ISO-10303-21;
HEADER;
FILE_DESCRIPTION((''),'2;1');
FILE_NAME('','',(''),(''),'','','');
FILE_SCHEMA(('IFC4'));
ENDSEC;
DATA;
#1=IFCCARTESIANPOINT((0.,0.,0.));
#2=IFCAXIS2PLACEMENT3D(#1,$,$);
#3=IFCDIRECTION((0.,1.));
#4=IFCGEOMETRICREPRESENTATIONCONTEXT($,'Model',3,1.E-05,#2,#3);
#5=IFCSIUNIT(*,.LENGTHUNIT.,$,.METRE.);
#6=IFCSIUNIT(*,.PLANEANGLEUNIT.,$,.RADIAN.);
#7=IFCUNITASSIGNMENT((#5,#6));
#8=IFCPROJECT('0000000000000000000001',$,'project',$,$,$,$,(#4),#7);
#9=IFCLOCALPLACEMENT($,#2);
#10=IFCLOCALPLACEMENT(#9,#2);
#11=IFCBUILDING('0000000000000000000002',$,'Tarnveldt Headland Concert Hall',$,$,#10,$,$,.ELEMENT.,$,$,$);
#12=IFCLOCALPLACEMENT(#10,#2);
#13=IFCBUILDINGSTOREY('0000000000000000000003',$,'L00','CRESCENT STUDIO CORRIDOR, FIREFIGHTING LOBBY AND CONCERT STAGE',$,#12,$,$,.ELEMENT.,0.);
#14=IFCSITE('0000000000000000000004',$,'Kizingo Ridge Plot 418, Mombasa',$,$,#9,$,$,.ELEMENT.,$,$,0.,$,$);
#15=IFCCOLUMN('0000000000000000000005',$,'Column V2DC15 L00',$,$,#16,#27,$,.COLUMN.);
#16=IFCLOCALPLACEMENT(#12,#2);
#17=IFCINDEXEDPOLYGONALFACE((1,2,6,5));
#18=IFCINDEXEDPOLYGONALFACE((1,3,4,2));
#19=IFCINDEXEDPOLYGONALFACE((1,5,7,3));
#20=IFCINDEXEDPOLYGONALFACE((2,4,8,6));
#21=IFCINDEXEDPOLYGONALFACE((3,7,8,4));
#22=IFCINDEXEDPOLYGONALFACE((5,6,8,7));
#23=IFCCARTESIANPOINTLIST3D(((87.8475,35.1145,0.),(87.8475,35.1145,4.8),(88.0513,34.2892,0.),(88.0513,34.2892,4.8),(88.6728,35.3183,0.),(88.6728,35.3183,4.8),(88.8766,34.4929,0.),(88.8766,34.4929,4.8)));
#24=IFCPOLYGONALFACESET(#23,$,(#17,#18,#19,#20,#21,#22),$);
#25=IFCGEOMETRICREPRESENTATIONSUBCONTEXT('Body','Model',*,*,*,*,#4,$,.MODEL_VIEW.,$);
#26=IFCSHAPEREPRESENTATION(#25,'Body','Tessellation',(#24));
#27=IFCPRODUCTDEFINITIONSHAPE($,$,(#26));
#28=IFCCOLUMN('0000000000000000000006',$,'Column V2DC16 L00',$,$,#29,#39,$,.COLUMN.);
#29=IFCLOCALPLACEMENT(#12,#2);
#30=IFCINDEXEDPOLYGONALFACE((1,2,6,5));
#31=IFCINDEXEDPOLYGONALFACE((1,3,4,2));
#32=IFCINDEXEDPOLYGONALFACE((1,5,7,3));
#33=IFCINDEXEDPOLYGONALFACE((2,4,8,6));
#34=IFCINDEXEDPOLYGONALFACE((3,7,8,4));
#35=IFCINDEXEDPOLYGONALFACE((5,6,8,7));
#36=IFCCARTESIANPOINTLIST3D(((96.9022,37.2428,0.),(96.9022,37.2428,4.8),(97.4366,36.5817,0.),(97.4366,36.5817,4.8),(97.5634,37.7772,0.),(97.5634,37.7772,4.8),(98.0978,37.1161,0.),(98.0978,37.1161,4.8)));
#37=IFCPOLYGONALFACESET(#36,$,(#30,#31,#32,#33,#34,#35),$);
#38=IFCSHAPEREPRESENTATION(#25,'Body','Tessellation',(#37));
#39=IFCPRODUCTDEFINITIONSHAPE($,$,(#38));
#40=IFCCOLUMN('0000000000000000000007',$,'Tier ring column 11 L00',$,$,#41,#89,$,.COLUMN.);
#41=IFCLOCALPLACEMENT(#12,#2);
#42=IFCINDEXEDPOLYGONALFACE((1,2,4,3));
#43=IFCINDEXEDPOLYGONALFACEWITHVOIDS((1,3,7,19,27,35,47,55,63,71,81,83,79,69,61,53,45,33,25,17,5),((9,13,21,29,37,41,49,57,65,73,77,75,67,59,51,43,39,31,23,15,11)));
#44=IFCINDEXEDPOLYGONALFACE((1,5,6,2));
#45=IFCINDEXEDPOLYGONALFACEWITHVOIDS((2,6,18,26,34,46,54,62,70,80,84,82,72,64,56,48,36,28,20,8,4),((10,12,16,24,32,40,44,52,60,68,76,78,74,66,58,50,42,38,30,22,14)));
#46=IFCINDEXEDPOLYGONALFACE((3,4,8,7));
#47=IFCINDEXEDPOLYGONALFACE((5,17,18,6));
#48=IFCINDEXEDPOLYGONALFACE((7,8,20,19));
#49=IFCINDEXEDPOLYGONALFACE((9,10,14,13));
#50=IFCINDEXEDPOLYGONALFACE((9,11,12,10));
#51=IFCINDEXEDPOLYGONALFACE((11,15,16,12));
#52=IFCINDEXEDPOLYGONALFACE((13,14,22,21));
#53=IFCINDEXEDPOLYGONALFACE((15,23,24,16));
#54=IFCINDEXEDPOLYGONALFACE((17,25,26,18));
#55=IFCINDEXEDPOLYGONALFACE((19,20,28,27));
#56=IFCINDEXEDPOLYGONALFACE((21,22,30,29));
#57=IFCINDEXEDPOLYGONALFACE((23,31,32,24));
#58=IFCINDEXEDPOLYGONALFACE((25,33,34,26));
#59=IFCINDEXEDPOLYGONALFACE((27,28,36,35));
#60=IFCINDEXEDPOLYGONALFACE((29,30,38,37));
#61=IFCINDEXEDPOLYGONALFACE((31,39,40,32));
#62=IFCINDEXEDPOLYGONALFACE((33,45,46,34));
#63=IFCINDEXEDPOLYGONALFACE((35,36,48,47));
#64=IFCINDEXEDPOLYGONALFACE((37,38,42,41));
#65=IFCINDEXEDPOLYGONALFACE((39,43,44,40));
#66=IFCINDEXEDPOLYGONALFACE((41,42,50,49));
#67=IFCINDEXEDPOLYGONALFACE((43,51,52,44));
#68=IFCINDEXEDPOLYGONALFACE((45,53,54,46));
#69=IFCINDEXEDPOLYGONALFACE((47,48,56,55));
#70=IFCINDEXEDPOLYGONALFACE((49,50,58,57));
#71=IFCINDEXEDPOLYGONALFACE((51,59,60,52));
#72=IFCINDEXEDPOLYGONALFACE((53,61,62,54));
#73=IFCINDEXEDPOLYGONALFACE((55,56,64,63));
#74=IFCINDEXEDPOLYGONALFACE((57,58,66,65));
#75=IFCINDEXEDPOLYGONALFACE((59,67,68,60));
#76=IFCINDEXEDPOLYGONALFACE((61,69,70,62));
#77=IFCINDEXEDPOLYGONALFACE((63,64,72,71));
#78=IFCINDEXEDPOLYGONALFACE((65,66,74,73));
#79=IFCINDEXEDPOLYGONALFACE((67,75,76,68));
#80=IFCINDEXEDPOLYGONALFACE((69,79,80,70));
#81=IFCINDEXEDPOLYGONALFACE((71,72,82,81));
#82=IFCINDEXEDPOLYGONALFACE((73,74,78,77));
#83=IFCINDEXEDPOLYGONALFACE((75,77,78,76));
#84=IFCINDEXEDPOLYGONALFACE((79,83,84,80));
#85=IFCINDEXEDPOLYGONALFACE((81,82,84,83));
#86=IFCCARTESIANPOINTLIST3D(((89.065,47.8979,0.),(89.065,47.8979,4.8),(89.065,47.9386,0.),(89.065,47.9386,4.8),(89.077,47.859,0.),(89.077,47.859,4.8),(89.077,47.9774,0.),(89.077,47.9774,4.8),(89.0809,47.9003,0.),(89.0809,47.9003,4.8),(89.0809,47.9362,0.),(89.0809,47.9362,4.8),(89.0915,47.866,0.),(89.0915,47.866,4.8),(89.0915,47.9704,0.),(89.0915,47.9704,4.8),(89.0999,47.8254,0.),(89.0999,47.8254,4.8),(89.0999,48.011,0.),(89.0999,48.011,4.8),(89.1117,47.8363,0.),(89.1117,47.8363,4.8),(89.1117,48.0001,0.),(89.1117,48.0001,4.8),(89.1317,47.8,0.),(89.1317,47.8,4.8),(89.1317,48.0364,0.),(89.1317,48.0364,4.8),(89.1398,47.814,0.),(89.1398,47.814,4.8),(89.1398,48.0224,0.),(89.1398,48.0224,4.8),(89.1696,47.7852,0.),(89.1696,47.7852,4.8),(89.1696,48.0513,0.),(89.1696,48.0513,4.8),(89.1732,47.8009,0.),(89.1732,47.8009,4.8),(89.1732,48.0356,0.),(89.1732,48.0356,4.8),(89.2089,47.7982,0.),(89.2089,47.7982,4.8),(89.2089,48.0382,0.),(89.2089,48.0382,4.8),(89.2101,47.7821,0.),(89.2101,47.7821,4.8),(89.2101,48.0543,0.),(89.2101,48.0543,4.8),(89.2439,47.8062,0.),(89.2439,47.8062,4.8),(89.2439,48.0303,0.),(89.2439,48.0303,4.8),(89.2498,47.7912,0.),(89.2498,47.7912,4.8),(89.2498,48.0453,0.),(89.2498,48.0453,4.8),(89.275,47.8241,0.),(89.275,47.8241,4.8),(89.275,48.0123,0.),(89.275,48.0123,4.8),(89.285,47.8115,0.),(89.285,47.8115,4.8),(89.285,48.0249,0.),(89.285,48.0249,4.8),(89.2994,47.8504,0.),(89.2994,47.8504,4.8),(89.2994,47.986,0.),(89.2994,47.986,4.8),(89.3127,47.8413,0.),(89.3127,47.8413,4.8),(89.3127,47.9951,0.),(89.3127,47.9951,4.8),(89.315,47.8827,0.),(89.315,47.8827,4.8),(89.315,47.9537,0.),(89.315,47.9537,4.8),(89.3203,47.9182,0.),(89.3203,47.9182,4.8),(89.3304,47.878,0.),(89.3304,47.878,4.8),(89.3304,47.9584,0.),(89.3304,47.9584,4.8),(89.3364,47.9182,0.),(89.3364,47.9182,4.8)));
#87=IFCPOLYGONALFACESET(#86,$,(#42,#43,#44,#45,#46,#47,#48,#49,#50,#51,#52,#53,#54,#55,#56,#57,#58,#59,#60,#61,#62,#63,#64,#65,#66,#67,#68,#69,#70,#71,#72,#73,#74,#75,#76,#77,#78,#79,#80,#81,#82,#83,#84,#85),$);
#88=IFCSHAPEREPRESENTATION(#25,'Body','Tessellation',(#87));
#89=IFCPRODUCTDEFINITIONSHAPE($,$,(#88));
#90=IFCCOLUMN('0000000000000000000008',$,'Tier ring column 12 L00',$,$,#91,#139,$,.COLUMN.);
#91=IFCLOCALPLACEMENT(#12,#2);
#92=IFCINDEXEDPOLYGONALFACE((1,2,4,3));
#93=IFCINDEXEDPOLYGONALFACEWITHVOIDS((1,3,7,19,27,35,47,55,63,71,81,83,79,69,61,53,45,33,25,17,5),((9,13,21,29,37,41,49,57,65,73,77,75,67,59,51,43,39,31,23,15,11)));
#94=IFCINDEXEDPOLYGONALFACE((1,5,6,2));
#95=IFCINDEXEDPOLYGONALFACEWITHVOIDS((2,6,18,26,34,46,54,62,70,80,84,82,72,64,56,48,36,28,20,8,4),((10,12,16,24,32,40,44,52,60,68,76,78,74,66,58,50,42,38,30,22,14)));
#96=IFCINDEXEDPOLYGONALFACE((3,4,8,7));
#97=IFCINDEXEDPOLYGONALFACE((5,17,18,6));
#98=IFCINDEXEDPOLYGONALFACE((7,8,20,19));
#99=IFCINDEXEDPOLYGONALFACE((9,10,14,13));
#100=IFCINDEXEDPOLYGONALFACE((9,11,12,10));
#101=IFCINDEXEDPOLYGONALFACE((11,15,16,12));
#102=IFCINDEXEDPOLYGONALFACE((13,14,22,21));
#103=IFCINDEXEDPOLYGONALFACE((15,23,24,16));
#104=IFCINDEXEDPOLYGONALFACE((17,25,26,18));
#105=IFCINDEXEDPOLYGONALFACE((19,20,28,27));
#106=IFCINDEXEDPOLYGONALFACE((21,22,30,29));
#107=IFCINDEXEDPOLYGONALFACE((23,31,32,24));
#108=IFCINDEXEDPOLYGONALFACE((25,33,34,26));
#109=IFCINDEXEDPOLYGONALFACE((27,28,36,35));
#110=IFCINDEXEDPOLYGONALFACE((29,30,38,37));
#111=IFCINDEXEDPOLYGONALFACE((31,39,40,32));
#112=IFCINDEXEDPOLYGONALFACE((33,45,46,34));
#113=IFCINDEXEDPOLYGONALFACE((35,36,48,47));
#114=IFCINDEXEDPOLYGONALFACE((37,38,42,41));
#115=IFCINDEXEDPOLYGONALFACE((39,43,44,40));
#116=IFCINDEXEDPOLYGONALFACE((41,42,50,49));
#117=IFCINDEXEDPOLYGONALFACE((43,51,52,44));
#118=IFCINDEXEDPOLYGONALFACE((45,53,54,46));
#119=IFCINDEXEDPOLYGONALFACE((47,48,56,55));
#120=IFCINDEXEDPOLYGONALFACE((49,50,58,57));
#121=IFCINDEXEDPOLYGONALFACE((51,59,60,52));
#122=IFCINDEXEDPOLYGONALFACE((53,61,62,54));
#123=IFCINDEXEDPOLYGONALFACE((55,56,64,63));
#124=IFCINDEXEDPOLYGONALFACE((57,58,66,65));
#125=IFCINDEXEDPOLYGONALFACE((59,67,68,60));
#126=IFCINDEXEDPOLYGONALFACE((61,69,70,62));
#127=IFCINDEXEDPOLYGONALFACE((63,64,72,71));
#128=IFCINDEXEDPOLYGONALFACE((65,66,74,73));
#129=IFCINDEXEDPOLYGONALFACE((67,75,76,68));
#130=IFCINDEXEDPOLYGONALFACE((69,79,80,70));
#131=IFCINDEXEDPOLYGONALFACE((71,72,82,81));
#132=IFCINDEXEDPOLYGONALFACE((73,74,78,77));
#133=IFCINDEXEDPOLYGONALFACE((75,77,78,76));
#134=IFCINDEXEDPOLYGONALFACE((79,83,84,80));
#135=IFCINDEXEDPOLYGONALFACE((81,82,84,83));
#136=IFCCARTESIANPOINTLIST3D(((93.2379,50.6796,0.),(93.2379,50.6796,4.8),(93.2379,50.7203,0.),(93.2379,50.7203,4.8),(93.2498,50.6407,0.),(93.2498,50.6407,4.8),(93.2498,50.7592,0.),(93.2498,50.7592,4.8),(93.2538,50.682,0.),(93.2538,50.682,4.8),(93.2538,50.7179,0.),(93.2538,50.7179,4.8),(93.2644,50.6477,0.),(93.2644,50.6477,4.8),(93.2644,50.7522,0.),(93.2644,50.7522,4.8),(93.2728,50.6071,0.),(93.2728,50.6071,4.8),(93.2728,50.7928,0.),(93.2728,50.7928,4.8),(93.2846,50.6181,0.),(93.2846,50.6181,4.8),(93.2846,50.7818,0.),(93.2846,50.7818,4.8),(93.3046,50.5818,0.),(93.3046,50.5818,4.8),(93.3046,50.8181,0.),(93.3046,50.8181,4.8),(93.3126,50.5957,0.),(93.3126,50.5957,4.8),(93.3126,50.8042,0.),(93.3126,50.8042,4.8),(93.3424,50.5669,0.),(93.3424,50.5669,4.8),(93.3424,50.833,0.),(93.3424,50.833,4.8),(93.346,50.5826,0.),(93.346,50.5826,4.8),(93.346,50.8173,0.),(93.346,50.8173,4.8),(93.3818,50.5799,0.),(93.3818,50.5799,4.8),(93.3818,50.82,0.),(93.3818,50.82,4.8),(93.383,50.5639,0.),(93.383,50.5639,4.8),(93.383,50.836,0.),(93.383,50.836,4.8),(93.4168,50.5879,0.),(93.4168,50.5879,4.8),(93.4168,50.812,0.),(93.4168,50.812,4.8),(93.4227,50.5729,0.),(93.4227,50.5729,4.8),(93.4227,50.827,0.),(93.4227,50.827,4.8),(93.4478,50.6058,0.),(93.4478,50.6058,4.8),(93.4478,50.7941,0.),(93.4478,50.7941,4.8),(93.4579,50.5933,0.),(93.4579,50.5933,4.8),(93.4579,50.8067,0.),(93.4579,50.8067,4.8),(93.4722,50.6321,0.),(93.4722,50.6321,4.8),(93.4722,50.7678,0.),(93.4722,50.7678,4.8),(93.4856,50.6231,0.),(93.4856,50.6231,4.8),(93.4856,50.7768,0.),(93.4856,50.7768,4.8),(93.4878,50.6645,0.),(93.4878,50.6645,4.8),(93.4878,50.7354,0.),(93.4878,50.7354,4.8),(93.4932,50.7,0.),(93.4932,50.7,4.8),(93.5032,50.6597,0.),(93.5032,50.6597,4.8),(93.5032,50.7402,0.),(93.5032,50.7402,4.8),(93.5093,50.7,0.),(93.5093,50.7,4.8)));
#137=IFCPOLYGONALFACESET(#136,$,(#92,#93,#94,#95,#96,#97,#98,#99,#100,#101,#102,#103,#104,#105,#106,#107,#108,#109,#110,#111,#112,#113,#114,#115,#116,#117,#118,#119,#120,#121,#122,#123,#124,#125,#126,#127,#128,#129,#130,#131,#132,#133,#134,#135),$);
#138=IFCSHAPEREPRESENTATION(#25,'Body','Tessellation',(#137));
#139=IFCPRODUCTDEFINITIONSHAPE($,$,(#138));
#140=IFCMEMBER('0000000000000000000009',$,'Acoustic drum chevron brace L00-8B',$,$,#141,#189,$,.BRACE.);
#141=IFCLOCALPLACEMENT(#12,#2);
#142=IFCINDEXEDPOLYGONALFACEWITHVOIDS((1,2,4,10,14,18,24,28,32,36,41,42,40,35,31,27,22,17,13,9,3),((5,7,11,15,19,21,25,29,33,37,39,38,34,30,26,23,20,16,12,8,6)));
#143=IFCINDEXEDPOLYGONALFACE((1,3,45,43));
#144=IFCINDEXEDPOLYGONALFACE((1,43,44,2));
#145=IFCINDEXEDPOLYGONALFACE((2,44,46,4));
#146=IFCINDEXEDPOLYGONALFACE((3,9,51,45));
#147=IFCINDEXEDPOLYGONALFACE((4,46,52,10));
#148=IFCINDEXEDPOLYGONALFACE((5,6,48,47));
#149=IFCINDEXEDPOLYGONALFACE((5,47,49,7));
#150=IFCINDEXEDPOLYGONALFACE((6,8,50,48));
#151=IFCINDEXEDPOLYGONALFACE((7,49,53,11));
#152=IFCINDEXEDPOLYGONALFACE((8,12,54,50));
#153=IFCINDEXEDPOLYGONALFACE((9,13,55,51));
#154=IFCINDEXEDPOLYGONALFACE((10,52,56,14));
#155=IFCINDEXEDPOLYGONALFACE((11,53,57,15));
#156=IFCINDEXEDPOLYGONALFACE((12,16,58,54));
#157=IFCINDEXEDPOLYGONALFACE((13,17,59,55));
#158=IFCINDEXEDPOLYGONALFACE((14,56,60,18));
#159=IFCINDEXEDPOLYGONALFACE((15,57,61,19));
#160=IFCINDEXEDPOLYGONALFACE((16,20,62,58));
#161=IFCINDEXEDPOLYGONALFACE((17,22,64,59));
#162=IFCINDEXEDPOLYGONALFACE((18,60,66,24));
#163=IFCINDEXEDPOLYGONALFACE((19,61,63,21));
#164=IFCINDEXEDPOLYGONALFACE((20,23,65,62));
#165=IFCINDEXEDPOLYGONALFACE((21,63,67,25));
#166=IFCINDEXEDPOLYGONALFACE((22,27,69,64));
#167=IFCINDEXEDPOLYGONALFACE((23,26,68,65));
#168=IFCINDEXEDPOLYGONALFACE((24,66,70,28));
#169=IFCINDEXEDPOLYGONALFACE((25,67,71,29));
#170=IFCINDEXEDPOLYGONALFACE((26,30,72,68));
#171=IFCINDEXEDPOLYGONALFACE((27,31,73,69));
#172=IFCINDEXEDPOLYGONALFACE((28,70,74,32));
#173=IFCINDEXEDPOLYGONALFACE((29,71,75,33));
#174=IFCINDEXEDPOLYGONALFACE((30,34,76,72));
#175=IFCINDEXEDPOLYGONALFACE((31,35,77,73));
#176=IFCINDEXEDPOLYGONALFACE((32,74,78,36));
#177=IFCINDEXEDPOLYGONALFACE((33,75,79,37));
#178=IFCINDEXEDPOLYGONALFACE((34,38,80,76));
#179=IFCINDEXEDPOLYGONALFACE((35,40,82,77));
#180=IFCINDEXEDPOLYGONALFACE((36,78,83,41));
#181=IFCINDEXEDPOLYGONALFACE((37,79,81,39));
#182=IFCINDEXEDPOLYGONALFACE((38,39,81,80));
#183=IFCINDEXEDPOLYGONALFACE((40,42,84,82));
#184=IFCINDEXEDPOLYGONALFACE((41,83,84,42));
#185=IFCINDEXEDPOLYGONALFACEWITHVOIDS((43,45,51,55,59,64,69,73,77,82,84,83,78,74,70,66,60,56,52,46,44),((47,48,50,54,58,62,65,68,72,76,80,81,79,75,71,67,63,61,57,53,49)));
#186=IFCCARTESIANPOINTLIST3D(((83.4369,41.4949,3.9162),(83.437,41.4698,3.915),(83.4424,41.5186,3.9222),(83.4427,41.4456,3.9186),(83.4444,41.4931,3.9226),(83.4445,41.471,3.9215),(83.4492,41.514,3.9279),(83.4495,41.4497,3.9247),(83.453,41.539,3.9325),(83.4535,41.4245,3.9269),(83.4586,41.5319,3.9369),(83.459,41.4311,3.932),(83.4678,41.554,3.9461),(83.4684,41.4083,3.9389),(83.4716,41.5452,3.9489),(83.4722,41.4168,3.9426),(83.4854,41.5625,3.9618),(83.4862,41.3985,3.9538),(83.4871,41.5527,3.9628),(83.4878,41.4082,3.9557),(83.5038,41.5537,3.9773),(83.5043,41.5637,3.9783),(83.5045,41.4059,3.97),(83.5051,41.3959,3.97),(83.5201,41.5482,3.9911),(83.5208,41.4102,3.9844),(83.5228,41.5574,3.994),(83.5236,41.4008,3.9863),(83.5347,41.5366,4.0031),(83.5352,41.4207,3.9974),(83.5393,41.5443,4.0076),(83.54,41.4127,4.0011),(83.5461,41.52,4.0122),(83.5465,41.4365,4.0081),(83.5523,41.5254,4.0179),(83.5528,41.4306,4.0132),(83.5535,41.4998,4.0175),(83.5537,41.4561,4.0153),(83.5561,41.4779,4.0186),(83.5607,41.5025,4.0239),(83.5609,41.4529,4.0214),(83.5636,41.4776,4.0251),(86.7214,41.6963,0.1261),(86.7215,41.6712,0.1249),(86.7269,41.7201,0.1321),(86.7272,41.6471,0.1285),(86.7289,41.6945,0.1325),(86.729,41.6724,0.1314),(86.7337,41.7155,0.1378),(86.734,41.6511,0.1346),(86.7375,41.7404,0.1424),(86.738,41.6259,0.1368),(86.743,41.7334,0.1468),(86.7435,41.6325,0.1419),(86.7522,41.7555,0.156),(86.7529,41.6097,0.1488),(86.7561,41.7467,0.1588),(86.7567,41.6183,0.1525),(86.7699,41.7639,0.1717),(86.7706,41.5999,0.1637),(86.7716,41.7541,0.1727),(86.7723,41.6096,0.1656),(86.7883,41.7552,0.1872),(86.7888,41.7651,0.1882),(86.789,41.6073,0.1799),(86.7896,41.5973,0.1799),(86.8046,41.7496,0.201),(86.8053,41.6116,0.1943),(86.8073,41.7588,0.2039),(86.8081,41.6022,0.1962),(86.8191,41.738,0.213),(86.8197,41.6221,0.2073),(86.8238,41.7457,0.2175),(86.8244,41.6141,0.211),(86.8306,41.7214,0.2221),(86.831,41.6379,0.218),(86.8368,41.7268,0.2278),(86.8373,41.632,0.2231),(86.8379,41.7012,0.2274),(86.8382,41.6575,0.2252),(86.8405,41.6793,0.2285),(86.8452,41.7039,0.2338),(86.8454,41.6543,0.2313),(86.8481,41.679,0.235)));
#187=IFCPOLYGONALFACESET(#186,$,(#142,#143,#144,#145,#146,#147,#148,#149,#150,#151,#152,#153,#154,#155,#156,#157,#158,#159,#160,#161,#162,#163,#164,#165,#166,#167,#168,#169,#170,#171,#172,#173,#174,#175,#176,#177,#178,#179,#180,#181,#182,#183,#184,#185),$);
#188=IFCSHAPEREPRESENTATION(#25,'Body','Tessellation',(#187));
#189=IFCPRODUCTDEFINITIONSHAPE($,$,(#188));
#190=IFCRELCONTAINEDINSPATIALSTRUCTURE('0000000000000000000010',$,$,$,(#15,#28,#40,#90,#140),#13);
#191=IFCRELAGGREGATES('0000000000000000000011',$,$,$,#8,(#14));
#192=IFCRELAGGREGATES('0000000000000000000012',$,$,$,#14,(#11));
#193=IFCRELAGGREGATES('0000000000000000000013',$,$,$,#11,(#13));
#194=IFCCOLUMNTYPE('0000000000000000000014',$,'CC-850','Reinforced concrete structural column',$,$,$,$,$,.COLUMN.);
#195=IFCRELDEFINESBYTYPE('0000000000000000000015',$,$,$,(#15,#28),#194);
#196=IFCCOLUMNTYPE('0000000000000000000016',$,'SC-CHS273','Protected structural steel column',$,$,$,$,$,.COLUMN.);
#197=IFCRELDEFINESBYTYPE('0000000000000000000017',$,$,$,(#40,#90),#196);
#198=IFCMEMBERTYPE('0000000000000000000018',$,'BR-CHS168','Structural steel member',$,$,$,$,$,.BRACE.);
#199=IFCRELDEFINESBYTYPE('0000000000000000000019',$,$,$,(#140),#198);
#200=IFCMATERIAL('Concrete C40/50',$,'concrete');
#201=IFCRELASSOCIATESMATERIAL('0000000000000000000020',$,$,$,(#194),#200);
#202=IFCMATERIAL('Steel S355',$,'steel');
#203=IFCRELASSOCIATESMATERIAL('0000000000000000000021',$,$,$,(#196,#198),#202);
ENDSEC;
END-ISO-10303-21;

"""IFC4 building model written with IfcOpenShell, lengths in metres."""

from ifc_helpers import new_model, si_unit, direction, frame, origin, origin_2d, place, context, subcontext, project, spatial, rectangle, hollow_circle, extrude, material, material_profile, profile_set, type_object, element, save


model = new_model("IFC4")

# Units and contexts
model_context = context("Model", 3, precision=1e-05, world=origin(), true_north=direction((0.0, 1.0)))
body_context = subcontext(model_context, "Body", "Model", "MODEL_VIEW")
ifc_project = project(units=[si_unit("LENGTHUNIT", "METRE"), si_unit("PLANEANGLEUNIT", "RADIAN")], contexts=[model_context])

# Site, building, storey
site_placement = place(None, origin())
site = spatial("IfcSite", under=ifc_project, at=site_placement, Name="Kizingo Ridge Plot 418, Mombasa", CompositionType="ELEMENT", RefElevation=0.0)
building_placement = place(site_placement, origin())
building = spatial("IfcBuilding", under=site, at=building_placement, Name="Tarnveldt Headland Concert Hall", CompositionType="ELEMENT")
storey_placement = place(building_placement, origin())
storey = spatial("IfcBuildingStorey", under=building, at=storey_placement, Name="L00", Description="CRESCENT STUDIO CORRIDOR, FIREFIGHTING LOBBY AND CONCERT STAGE", CompositionType="ELEMENT", Elevation=0.0)

# Columns
ifc_material_1 = material(Name="Concrete C40/50", Category="concrete")
ifc_material_profile_1 = material_profile(ifc_material_1, rectangle(XDim=0.8501, YDim=0.8501, at=origin_2d()), Name="RC 850x850", Category="concrete")
ifc_profile_set_1 = profile_set([ifc_material_profile_1], Name="Concrete C40/50")
column_type_1 = type_object("IfcColumnType", Name="CC-850", Description="Reinforced concrete structural column", PredefinedType="COLUMN", material=ifc_profile_set_1)
for number, where, z_axis, x_axis, name in (
    (1, (88.3621, 34.8037, 0.0), (0.0, 0.0, 1.0), (0.23972, -0.970842, 0.0), "Column V2DC15 L00"),
    (2, (97.5, 37.1794, 0.0), (0.0, 0.0, 1.0), (0.628642, -0.777695, 0.0), "Column V2DC16 L00"),
):
    element("IfcColumn", number, at=place(storey_placement, frame(where, z_axis=z_axis, x_axis=x_axis)), inside=storey, type_object=column_type_1, Name=name, PredefinedType="COLUMN", context=body_context, shape_type="SweptSolid", body=[
        extrude(rectangle(XDim=0.8501, YDim=0.8501, at=origin_2d()), origin(), (0.0, 0.0, 1.0), 4.8),
    ])
ifc_material_2 = material(Name="Steel S355", Category="steel")
ifc_material_profile_2 = material_profile(ifc_material_2, hollow_circle(Radius=0.1365, WallThickness=0.0161, at=origin_2d()), Name="CHS 273x16", Category="steel")
ifc_profile_set_2 = profile_set([ifc_material_profile_2], Name="Steel S355")
column_type_2 = type_object("IfcColumnType", Name="SC-CHS273", Description="Protected structural steel column", PredefinedType="COLUMN", material=ifc_profile_set_2)
for number, where, z_axis, x_axis, name in (
    (3, (89.2, 47.9182, 0.0), (0.0, 0.0, 1.0), (1.0, 0.0, 0.0), "Tier ring column 11 L00"),
    (4, (93.3728, 50.7, 0.0), (0.0, 0.0, 1.0), (1.0, 0.0, 0.0), "Tier ring column 12 L00"),
):
    element("IfcColumn", number, at=place(storey_placement, frame(where, z_axis=z_axis, x_axis=x_axis)), inside=storey, type_object=column_type_2, Name=name, PredefinedType="COLUMN", context=body_context, shape_type="SweptSolid", body=[
        extrude(hollow_circle(Radius=0.1365, WallThickness=0.0161, at=origin_2d()), origin(), (0.0, 0.0, 1.0), 4.8),
    ])

# Member
ifc_material_profile_3 = material_profile(ifc_material_2, hollow_circle(Radius=0.0842, WallThickness=0.01, at=origin_2d()), Name="CHS 168.3x10", Category="steel")
ifc_profile_set_3 = profile_set([ifc_material_profile_3], Name="Steel S355")
member_type = type_object("IfcMemberType", Name="BR-CHS168", Description="Structural steel member", PredefinedType="BRACE", material=ifc_profile_set_3)
member_placement = place(storey_placement, frame((86.7844, 41.6814, 0.1799), z_axis=(-0.654372, -0.040129, 0.755108), x_axis=(0.06121, -0.998125, 0.0)))
element("IfcMember", 5, at=member_placement, inside=storey, type_object=member_type, Name="Acoustic drum chevron brace L00-8B", PredefinedType="BRACE", context=body_context, shape_type="SweptSolid", body=[
    extrude(hollow_circle(Radius=0.0842, WallThickness=0.01, at=origin_2d()), origin(), (0.0, 0.0, 1.0), 5.0193),
])

save(model, "model.ifc")
